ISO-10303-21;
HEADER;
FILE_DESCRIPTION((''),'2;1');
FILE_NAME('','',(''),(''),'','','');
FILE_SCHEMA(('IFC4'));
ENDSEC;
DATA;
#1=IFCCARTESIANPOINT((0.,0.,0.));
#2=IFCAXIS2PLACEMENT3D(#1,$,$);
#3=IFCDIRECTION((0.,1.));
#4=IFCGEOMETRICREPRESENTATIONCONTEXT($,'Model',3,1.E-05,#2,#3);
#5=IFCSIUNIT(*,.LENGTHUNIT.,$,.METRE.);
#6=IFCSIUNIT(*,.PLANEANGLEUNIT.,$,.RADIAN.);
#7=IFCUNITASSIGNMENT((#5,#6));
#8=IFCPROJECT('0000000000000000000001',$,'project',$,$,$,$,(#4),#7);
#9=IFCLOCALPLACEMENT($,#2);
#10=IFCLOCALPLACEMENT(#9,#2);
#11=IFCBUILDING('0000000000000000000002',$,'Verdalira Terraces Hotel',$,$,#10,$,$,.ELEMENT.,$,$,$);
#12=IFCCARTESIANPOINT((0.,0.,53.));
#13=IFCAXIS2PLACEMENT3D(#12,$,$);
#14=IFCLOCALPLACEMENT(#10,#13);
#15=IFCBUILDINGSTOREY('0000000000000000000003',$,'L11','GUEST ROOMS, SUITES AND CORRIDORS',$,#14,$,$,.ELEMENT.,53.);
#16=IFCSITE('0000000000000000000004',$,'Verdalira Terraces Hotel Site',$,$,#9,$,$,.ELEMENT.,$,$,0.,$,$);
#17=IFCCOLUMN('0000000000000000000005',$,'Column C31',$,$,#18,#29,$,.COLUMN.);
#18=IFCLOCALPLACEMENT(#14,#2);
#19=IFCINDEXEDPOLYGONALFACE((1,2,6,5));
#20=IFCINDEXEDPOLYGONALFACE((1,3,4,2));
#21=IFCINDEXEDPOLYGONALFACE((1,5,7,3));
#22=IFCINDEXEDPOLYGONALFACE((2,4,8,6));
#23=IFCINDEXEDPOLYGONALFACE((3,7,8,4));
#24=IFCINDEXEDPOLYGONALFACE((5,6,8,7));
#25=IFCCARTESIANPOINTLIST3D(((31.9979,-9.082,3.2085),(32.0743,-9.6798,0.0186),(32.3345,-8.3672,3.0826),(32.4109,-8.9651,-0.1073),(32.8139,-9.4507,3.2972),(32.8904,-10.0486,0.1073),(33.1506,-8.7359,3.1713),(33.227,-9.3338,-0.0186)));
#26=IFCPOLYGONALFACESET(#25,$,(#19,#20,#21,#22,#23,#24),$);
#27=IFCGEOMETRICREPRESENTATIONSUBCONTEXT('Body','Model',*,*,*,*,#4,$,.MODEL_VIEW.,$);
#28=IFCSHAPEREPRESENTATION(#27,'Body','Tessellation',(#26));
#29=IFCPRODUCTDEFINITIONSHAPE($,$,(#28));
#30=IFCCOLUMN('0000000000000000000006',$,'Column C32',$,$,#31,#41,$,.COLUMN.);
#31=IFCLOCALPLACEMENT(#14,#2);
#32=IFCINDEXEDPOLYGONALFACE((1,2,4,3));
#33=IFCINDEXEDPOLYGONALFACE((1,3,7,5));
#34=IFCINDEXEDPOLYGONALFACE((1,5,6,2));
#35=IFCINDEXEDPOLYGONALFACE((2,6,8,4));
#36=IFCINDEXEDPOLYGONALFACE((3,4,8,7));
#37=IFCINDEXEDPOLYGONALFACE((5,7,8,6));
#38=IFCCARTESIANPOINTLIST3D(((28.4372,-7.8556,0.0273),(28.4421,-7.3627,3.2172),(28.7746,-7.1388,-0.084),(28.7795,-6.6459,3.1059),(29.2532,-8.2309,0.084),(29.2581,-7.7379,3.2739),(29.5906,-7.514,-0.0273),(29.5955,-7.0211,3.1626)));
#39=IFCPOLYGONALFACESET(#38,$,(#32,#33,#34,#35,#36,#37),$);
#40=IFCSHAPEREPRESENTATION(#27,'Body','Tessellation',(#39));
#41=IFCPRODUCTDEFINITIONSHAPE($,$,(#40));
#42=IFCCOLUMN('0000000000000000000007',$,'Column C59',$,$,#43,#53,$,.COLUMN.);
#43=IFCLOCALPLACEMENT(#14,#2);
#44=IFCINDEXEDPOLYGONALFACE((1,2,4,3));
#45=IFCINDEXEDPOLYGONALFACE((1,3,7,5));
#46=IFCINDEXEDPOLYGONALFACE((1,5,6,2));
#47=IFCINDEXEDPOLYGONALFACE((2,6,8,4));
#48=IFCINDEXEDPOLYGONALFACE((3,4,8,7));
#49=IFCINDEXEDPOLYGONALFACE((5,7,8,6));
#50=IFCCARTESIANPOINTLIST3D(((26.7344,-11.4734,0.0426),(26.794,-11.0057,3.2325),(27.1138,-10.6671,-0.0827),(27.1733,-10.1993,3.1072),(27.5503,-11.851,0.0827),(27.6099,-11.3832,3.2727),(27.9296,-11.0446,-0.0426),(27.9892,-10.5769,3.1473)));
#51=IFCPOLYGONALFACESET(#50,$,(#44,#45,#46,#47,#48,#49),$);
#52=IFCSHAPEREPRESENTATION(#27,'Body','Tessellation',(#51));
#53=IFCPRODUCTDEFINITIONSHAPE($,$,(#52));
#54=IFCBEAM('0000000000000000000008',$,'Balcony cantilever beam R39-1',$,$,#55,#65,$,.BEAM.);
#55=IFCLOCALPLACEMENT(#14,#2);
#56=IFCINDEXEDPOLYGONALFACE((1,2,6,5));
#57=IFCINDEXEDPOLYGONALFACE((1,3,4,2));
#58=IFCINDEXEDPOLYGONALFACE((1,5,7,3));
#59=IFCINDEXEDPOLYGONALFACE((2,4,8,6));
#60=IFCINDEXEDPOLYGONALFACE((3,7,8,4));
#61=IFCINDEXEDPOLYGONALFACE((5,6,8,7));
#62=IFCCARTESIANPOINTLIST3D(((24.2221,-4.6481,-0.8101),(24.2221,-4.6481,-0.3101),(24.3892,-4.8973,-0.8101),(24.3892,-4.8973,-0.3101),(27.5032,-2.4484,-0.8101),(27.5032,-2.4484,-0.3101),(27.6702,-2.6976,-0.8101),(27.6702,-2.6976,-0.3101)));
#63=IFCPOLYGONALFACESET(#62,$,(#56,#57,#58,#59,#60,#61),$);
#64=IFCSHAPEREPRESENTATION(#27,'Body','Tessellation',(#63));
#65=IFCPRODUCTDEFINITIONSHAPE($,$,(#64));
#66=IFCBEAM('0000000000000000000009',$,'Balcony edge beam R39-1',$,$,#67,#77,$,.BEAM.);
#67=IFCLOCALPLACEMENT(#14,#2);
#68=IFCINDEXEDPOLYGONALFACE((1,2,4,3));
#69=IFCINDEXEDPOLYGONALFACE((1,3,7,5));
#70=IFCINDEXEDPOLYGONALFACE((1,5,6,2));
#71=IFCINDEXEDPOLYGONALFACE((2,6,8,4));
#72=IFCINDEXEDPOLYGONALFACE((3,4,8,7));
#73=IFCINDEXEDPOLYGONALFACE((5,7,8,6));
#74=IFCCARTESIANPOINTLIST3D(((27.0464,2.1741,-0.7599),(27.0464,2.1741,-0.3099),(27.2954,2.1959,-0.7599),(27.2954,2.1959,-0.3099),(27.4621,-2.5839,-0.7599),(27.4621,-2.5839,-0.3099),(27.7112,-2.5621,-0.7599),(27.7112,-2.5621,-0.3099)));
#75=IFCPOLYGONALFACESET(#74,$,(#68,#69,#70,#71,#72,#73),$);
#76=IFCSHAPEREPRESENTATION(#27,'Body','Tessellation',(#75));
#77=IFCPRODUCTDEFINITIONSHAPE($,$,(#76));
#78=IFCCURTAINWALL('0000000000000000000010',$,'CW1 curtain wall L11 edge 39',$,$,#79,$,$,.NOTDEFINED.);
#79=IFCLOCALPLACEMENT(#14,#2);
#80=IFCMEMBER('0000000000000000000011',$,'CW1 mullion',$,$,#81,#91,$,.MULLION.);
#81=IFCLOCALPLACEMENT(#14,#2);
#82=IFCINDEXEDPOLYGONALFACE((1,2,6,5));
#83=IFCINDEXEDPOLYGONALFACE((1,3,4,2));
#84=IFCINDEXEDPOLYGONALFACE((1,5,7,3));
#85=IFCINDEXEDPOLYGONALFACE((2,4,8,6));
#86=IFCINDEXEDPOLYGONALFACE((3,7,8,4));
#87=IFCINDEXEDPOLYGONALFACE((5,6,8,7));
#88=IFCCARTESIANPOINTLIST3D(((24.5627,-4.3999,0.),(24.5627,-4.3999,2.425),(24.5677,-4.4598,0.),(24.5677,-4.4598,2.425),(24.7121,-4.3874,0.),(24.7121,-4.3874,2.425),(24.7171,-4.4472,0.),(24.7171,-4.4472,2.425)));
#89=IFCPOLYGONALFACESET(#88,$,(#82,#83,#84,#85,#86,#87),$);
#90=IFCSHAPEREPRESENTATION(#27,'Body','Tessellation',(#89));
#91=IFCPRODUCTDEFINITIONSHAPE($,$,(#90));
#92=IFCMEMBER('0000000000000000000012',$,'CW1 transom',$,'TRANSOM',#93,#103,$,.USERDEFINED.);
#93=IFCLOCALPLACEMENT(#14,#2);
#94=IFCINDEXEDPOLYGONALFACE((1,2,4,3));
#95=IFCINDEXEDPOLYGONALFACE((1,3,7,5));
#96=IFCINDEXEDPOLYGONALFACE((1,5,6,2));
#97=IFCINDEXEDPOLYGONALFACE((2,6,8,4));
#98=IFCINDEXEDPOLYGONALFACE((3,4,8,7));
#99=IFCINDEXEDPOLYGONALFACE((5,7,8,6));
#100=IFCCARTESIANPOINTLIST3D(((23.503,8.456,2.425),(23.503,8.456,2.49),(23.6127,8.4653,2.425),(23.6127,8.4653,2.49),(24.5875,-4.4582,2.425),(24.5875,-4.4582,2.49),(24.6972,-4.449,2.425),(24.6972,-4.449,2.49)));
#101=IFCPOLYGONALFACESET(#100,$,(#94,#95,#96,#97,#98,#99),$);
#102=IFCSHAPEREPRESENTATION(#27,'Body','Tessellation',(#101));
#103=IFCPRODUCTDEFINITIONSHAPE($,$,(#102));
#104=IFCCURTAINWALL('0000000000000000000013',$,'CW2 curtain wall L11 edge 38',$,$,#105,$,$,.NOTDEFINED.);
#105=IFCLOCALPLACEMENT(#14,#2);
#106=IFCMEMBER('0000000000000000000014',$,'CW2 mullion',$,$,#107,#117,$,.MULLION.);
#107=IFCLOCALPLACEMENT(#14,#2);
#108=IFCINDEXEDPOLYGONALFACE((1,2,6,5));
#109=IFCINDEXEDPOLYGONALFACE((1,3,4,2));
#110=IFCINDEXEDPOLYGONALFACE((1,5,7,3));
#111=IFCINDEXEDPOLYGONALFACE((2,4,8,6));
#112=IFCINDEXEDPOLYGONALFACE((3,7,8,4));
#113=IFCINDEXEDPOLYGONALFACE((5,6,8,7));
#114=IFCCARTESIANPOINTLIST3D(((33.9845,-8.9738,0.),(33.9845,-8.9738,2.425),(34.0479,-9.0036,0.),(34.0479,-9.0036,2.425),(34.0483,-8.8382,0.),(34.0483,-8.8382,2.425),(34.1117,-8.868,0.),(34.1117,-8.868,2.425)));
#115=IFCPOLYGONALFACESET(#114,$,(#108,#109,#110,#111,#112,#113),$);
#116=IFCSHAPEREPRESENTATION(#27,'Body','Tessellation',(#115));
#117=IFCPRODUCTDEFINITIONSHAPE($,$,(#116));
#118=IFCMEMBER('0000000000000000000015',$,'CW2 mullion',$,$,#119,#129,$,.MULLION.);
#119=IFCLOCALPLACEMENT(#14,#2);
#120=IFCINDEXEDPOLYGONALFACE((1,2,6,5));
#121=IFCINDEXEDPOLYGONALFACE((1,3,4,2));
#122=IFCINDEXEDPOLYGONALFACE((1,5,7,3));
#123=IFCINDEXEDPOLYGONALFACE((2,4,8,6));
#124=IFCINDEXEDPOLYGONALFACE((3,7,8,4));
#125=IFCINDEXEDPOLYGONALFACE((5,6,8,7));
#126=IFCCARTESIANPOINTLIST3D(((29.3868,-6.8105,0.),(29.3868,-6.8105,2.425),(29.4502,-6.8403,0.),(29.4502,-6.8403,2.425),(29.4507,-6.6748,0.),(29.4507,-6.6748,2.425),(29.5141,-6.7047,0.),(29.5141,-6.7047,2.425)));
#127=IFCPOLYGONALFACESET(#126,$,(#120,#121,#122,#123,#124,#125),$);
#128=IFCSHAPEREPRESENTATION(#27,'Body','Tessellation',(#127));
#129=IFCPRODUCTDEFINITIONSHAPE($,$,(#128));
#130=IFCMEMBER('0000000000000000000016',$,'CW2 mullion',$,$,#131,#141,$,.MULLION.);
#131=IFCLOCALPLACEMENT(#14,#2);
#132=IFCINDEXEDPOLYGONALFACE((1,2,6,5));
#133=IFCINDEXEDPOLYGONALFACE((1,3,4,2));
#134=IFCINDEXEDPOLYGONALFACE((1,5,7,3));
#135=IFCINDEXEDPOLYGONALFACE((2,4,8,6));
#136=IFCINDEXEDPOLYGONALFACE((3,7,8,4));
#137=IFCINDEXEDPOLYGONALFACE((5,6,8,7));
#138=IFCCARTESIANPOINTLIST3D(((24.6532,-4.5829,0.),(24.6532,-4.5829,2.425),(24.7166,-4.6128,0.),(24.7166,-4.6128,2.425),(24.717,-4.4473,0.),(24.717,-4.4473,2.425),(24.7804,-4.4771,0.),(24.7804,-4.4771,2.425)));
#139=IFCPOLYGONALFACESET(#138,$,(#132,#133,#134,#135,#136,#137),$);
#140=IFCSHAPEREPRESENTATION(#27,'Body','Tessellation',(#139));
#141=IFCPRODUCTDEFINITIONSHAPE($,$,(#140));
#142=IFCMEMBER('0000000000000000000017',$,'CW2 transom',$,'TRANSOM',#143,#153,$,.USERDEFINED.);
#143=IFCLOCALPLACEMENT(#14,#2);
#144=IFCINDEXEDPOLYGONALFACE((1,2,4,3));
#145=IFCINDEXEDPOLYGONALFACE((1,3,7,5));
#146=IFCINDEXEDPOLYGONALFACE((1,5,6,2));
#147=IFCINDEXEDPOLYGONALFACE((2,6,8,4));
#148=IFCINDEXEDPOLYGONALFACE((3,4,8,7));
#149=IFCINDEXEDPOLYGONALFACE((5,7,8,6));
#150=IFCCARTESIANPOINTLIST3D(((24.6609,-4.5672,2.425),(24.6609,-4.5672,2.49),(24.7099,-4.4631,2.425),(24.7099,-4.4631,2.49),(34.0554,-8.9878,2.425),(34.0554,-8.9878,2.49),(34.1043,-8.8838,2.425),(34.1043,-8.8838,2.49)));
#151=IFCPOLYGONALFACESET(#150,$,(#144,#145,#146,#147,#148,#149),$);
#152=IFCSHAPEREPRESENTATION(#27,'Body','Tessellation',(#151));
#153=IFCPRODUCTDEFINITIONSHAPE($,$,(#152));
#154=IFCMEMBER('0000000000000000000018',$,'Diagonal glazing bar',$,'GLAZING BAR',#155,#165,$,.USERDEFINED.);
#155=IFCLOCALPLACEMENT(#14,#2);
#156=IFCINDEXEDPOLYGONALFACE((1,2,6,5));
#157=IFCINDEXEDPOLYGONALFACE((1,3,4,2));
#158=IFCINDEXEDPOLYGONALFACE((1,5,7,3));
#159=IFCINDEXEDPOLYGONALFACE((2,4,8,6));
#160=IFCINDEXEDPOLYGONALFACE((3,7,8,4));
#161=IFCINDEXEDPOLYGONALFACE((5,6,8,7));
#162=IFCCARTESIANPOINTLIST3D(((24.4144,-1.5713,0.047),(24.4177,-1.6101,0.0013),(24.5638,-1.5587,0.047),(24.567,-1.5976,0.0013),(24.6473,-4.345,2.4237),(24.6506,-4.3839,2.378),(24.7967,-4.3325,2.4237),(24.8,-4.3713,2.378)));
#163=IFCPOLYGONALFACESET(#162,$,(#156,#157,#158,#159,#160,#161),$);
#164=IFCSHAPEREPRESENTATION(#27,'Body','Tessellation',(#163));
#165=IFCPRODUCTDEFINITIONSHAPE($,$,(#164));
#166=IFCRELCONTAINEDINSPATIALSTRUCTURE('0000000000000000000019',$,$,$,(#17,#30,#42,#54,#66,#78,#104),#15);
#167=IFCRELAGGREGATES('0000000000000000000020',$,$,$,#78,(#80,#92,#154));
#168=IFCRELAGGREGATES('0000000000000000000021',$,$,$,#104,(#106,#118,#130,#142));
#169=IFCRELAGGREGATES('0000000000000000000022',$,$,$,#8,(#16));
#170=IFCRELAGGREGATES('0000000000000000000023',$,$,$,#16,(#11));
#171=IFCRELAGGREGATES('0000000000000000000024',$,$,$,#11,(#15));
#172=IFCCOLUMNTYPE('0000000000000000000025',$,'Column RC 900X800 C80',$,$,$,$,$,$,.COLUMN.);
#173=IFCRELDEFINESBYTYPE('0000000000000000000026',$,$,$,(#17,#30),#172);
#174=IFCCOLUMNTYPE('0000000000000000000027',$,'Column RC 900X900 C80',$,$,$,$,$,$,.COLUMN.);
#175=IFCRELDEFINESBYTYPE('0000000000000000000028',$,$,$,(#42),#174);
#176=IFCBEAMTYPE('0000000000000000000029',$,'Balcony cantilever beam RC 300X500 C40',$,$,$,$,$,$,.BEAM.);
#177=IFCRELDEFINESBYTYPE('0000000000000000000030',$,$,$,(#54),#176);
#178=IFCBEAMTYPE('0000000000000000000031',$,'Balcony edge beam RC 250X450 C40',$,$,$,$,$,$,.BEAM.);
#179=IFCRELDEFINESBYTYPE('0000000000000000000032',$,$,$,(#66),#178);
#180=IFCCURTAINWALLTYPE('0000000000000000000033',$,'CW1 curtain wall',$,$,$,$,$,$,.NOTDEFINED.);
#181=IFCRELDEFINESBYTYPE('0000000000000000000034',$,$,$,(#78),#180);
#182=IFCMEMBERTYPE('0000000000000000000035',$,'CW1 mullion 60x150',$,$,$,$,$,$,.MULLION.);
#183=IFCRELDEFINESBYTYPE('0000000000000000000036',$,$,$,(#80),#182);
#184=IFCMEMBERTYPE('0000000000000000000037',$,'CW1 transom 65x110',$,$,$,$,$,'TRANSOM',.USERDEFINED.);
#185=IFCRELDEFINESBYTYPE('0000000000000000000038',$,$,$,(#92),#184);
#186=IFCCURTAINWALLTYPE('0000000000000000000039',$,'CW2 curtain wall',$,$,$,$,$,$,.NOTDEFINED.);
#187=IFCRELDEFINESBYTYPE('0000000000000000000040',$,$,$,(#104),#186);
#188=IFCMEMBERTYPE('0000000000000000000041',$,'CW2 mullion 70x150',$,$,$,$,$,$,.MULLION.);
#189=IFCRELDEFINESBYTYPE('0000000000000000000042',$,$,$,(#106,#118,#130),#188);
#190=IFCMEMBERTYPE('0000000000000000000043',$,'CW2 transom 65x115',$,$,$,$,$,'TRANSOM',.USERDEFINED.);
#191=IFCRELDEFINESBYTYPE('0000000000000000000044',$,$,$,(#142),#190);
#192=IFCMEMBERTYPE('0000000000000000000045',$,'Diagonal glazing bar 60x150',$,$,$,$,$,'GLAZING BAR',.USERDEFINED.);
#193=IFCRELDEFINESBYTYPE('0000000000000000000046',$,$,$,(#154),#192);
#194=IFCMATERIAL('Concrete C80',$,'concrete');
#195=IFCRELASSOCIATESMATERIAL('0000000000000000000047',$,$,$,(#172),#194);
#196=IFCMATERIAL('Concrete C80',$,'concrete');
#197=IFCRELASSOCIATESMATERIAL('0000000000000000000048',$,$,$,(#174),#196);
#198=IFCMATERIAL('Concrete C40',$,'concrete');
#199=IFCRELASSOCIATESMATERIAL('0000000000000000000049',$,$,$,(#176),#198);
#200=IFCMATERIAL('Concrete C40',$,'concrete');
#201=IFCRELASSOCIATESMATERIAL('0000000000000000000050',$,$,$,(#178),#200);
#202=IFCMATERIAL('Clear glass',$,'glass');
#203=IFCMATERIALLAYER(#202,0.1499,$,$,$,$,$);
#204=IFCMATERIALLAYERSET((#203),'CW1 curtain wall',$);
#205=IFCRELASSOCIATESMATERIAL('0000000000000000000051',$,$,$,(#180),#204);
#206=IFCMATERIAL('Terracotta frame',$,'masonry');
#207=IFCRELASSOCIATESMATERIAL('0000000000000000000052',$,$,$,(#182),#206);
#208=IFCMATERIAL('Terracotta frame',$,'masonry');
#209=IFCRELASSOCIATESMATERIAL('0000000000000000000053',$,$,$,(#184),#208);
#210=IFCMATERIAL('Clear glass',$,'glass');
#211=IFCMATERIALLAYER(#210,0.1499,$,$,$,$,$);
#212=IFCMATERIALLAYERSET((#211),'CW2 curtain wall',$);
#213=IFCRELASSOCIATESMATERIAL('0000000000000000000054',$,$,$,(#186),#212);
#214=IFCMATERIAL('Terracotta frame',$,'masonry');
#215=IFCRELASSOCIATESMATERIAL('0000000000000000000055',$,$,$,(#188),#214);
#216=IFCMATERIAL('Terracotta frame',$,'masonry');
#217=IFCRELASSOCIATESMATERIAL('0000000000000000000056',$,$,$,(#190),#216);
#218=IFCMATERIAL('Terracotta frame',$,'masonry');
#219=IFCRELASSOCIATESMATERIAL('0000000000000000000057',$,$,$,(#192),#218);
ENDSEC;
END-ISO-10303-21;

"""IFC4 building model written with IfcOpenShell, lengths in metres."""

from ifc_helpers import new_model, si_unit, direction, frame, origin, origin_2d, place, context, subcontext, project, spatial, rectangle, extrude, material, layer, layer_set, material_profile, profile_set, type_object, element, aggregate, save


model = new_model("IFC4")

# Units and contexts
model_context = context("Model", 3, precision=1e-05, world=origin(), true_north=direction((0.0, 1.0)))
body_context = subcontext(model_context, "Body", "Model", "MODEL_VIEW")
ifc_project = project(units=[si_unit("LENGTHUNIT", "METRE"), si_unit("PLANEANGLEUNIT", "RADIAN")], contexts=[model_context])

# Site, building, storey
site_placement = place(None, origin())
site = spatial("IfcSite", under=ifc_project, at=site_placement, Name="Verdalira Terraces Hotel Site", CompositionType="ELEMENT", RefElevation=0.0)
building_placement = place(site_placement, origin())
building = spatial("IfcBuilding", under=site, at=building_placement, Name="Verdalira Terraces Hotel", CompositionType="ELEMENT")
storey_placement = place(building_placement, frame((0.0, 0.0, 53.0)))
storey = spatial("IfcBuildingStorey", under=building, at=storey_placement, Name="L11", Description="GUEST ROOMS, SUITES AND CORRIDORS", CompositionType="ELEMENT", Elevation=53.0)

# Columns
ifc_material_1 = material(Name="Concrete C80", Category="concrete")
ifc_material_profile_1 = material_profile(ifc_material_1, rectangle(XDim=0.8999, YDim=0.8, at=origin_2d()), Name="RC 900X800")
ifc_profile_set_1 = profile_set([ifc_material_profile_1], Name="Concrete C80")
column_type_1 = type_object("IfcColumnType", Name="Column RC 900X800 C80", PredefinedType="COLUMN", material=ifc_profile_set_1)
column_1_placement = place(storey_placement, frame((32.6506, -9.5068, 0.0), z_axis=(-0.023539, 0.184174, 0.982612), x_axis=(-0.906857, 0.40976, -0.098527)))
element("IfcColumn", 1, at=column_1_placement, inside=storey, type_object=column_type_1, Name="Column C31", PredefinedType="COLUMN", context=body_context, shape_type="SweptSolid", body=[
    extrude(rectangle(XDim=0.8999, YDim=0.8, at=origin_2d()), origin(), (0.0, 0.0, 1.0), 3.2463),
])
column_2_placement = place(storey_placement, frame((29.0139, -7.6848, 0.0), z_axis=(0.001513, 0.152711, 0.98827), x_axis=(-0.906724, 0.416986, -0.063046)))
element("IfcColumn", 2, at=column_2_placement, inside=storey, type_object=column_type_1, Name="Column C32", PredefinedType="COLUMN", context=body_context, shape_type="SweptSolid", body=[
    extrude(rectangle(XDim=0.8999, YDim=0.8, at=origin_2d()), origin(), (0.0, 0.0, 1.0), 3.2278),
])
ifc_material_2 = material(Name="Concrete C80", Category="concrete")
ifc_material_profile_2 = material_profile(ifc_material_2, rectangle(XDim=0.8999, YDim=0.8999, at=origin_2d()), Name="RC 900X900")
ifc_profile_set_2 = profile_set([ifc_material_profile_2], Name="Concrete C80")
column_type_2 = type_object("IfcColumnType", Name="Column RC 900X900 C80", PredefinedType="COLUMN", material=ifc_profile_set_2)
column_3_placement = place(storey_placement, frame((27.332, -11.259, 0.0), z_axis=(0.018474, 0.145064, 0.98925), x_axis=(0.90663, -0.419564, 0.044594)))
element("IfcColumn", 3, at=column_3_placement, inside=storey, type_object=column_type_2, Name="Column C59", PredefinedType="COLUMN", context=body_context, shape_type="SweptSolid", body=[
    extrude(rectangle(XDim=0.8999, YDim=0.8999, at=origin_2d()), origin(), (0.0, 0.0, 1.0), 3.2246),
])

# Beams
ifc_material_3 = material(Name="Concrete C40", Category="concrete")
ifc_material_profile_3 = material_profile(ifc_material_3, rectangle(XDim=0.3, YDim=0.5, at=origin_2d()), Name="RC 300X500")
ifc_profile_set_3 = profile_set([ifc_material_profile_3], Name="Concrete C40")
beam_type_1 = type_object("IfcBeamType", Name="Balcony cantilever beam RC 300X500 C40", PredefinedType="BEAM", material=ifc_profile_set_3)
beam_1_placement = place(storey_placement, frame((24.3057, -4.7727, -0.5601), z_axis=(0.830602, 0.556866, 0.0), x_axis=(-0.556866, 0.830602, 0.0)))
element("IfcBeam", 4, at=beam_1_placement, inside=storey, type_object=beam_type_1, Name="Balcony cantilever beam R39-1", PredefinedType="BEAM", context=body_context, shape_type="SweptSolid", body=[
    extrude(rectangle(XDim=0.3, YDim=0.5, at=origin_2d()), origin(), (0.0, 0.0, 1.0), 3.9502),
])
ifc_material_4 = material(Name="Concrete C40", Category="concrete")
ifc_material_profile_4 = material_profile(ifc_material_4, rectangle(XDim=0.25, YDim=0.45, at=origin_2d()), Name="RC 250X450")
ifc_profile_set_4 = profile_set([ifc_material_profile_4], Name="Concrete C40")
beam_type_2 = type_object("IfcBeamType", Name="Balcony edge beam RC 250X450 C40", PredefinedType="BEAM", material=ifc_profile_set_4)
beam_2_placement = place(storey_placement, frame((27.5867, -2.573, -0.5349), z_axis=(-0.087051, 0.996204, 0.0), x_axis=(-0.996204, -0.087051, 0.0)))
element("IfcBeam", 5, at=beam_2_placement, inside=storey, type_object=beam_type_2, Name="Balcony edge beam R39-1", PredefinedType="BEAM", context=body_context, shape_type="SweptSolid", body=[
    extrude(rectangle(XDim=0.25, YDim=0.45, at=origin_2d()), origin(), (0.0, 0.0, 1.0), 4.7761),
])

# Curtain walls, members
ifc_material_5 = material(Name="Clear glass", Category="glass")
ifc_layer_1 = layer(ifc_material_5, 0.1499)
ifc_layer_set_1 = layer_set([ifc_layer_1], Name="CW1 curtain wall")
curtain_wall_type_1 = type_object("IfcCurtainWallType", Name="CW1 curtain wall", PredefinedType="NOTDEFINED", material=ifc_layer_set_1)
curtain_wall_1_placement = place(storey_placement, origin())
curtain_wall_1 = element("IfcCurtainWall", 6, at=curtain_wall_1_placement, inside=storey, type_object=curtain_wall_type_1, Name="CW1 curtain wall L11 edge 39", PredefinedType="NOTDEFINED")
ifc_material_6 = material(Name="Terracotta frame", Category="masonry")
ifc_material_profile_5 = material_profile(ifc_material_6, rectangle(XDim=0.0601, YDim=0.1499, at=origin_2d()), Name="MU 60x150")
ifc_profile_set_5 = profile_set([ifc_material_profile_5], Name="Terracotta frame")
member_type_1 = type_object("IfcMemberType", Name="CW1 mullion 60x150", PredefinedType="MULLION", material=ifc_profile_set_5)
member_1_placement = place(storey_placement, frame((24.6399, -4.4236, 0.0), z_axis=(0.0, 0.0, 1.0), x_axis=(-0.083678, 0.996493, 0.0)))
member_1 = element("IfcMember", 7, at=member_1_placement, type_object=member_type_1, Name="CW1 mullion", PredefinedType="MULLION", context=body_context, shape_type="SweptSolid", body=[
    extrude(rectangle(XDim=0.0601, YDim=0.1499, at=origin_2d()), origin(), (0.0, 0.0, 1.0), 2.425),
])
ifc_material_7 = material(Name="Terracotta frame", Category="masonry")
ifc_material_profile_6 = material_profile(ifc_material_7, rectangle(XDim=0.1101, YDim=0.0649, at=origin_2d()), Name="TR 65x110")
ifc_profile_set_6 = profile_set([ifc_material_profile_6], Name="Terracotta frame")
member_type_2 = type_object("IfcMemberType", Name="CW1 transom 65x110", ElementType="TRANSOM", PredefinedType="USERDEFINED", material=ifc_profile_set_6)
member_2_placement = place(storey_placement, frame((24.6423, -4.4536, 2.4575), z_axis=(-0.08368, 0.996493, 0.0), x_axis=(-0.996493, -0.08368, 0.0)))
member_2 = element("IfcMember", 8, at=member_2_placement, type_object=member_type_2, Name="CW1 transom", ObjectType="TRANSOM", PredefinedType="USERDEFINED", context=body_context, shape_type="SweptSolid", body=[
    extrude(rectangle(XDim=0.1101, YDim=0.0649, at=origin_2d()), origin(), (0.0, 0.0, 1.0), 12.9597),
])
ifc_material_8 = material(Name="Clear glass", Category="glass")
ifc_layer_2 = layer(ifc_material_8, 0.1499)
ifc_layer_set_2 = layer_set([ifc_layer_2], Name="CW2 curtain wall")
curtain_wall_type_2 = type_object("IfcCurtainWallType", Name="CW2 curtain wall", PredefinedType="NOTDEFINED", material=ifc_layer_set_2)
curtain_wall_2_placement = place(storey_placement, origin())
curtain_wall_2 = element("IfcCurtainWall", 9, at=curtain_wall_2_placement, inside=storey, type_object=curtain_wall_type_2, Name="CW2 curtain wall L11 edge 38", PredefinedType="NOTDEFINED")
ifc_material_9 = material(Name="Terracotta frame", Category="masonry")
ifc_material_profile_7 = material_profile(ifc_material_9, rectangle(XDim=0.0701, YDim=0.1499, at=origin_2d()), Name="MU 70x150")
ifc_profile_set_7 = profile_set([ifc_material_profile_7], Name="Terracotta frame")
member_type_3 = type_object("IfcMemberType", Name="CW2 mullion 70x150", PredefinedType="MULLION", material=ifc_profile_set_7)
member_3_placement = place(storey_placement, frame((34.0481, -8.9209, 0.0), z_axis=(0.0, 0.0, 1.0), x_axis=(-0.904827, 0.425779, 0.0)))
member_3 = element("IfcMember", 10, at=member_3_placement, type_object=member_type_3, Name="CW2 mullion", PredefinedType="MULLION", context=body_context, shape_type="SweptSolid", body=[
    extrude(rectangle(XDim=0.0701, YDim=0.1499, at=origin_2d()), origin(), (0.0, 0.0, 1.0), 2.425),
])
member_4_placement = place(storey_placement, frame((29.4504, -6.7576, 0.0), z_axis=(0.0, 0.0, 1.0), x_axis=(-0.904827, 0.425779, 0.0)))
member_4 = element("IfcMember", 11, at=member_4_placement, type_object=member_type_3, Name="CW2 mullion", PredefinedType="MULLION", context=body_context, shape_type="SweptSolid", body=[
    extrude(rectangle(XDim=0.0701, YDim=0.1499, at=origin_2d()), origin(), (0.0, 0.0, 1.0), 2.425),
])
member_5_placement = place(storey_placement, frame((24.7168, -4.53, 0.0), z_axis=(0.0, 0.0, 1.0), x_axis=(-0.904827, 0.425779, 0.0)))
member_5 = element("IfcMember", 12, at=member_5_placement, type_object=member_type_3, Name="CW2 mullion", PredefinedType="MULLION", context=body_context, shape_type="SweptSolid", body=[
    extrude(rectangle(XDim=0.0701, YDim=0.1499, at=origin_2d()), origin(), (0.0, 0.0, 1.0), 2.425),
])
ifc_material_10 = material(Name="Terracotta frame", Category="masonry")
ifc_material_profile_8 = material_profile(ifc_material_10, rectangle(XDim=0.115, YDim=0.0649, at=origin_2d()), Name="TR 65x115")
ifc_profile_set_8 = profile_set([ifc_material_profile_8], Name="Terracotta frame")
member_type_4 = type_object("IfcMemberType", Name="CW2 transom 65x115", ElementType="TRANSOM", PredefinedType="USERDEFINED", material=ifc_profile_set_8)
member_6_placement = place(storey_placement, frame((34.0798, -8.9358, 2.4575), z_axis=(-0.90483, 0.425773, 0.0), x_axis=(-0.425773, -0.90483, 0.0)))
member_6 = element("IfcMember", 13, at=member_6_placement, type_object=member_type_4, Name="CW2 transom", ObjectType="TRANSOM", PredefinedType="USERDEFINED", context=body_context, shape_type="SweptSolid", body=[
    extrude(rectangle(XDim=0.115, YDim=0.0649, at=origin_2d()), origin(), (0.0, 0.0, 1.0), 10.3826),
])

# Member
ifc_material_11 = material(Name="Terracotta frame", Category="masonry")
ifc_material_profile_9 = material_profile(ifc_material_11, rectangle(XDim=0.1499, YDim=0.0601, at=origin_2d()), Name="GB 60x150")
ifc_profile_set_9 = profile_set([ifc_material_profile_9], Name="Terracotta frame")
member_type_5 = type_object("IfcMemberType", Name="Diagonal glazing bar 60x150", ElementType="GLAZING BAR", PredefinedType="USERDEFINED", material=ifc_profile_set_9)
member_7_placement = place(storey_placement, frame((24.7236, -4.3582, 2.4009), z_axis=(-0.063635, 0.757817, -0.649357), x_axis=(-0.996493, -0.083677, 0.0)))
member_7 = element("IfcMember", 14, at=member_7_placement, type_object=member_type_5, Name="Diagonal glazing bar", ObjectType="GLAZING BAR", PredefinedType="USERDEFINED", context=body_context, shape_type="SweptSolid", body=[
    extrude(rectangle(XDim=0.1499, YDim=0.0601, at=origin_2d()), origin(), (0.0, 0.0, 1.0), 3.6602),
])

aggregate(curtain_wall_1, [member_1, member_2, member_7])
aggregate(curtain_wall_2, [member_3, member_4, member_5, member_6])

save(model, "model.ifc")
